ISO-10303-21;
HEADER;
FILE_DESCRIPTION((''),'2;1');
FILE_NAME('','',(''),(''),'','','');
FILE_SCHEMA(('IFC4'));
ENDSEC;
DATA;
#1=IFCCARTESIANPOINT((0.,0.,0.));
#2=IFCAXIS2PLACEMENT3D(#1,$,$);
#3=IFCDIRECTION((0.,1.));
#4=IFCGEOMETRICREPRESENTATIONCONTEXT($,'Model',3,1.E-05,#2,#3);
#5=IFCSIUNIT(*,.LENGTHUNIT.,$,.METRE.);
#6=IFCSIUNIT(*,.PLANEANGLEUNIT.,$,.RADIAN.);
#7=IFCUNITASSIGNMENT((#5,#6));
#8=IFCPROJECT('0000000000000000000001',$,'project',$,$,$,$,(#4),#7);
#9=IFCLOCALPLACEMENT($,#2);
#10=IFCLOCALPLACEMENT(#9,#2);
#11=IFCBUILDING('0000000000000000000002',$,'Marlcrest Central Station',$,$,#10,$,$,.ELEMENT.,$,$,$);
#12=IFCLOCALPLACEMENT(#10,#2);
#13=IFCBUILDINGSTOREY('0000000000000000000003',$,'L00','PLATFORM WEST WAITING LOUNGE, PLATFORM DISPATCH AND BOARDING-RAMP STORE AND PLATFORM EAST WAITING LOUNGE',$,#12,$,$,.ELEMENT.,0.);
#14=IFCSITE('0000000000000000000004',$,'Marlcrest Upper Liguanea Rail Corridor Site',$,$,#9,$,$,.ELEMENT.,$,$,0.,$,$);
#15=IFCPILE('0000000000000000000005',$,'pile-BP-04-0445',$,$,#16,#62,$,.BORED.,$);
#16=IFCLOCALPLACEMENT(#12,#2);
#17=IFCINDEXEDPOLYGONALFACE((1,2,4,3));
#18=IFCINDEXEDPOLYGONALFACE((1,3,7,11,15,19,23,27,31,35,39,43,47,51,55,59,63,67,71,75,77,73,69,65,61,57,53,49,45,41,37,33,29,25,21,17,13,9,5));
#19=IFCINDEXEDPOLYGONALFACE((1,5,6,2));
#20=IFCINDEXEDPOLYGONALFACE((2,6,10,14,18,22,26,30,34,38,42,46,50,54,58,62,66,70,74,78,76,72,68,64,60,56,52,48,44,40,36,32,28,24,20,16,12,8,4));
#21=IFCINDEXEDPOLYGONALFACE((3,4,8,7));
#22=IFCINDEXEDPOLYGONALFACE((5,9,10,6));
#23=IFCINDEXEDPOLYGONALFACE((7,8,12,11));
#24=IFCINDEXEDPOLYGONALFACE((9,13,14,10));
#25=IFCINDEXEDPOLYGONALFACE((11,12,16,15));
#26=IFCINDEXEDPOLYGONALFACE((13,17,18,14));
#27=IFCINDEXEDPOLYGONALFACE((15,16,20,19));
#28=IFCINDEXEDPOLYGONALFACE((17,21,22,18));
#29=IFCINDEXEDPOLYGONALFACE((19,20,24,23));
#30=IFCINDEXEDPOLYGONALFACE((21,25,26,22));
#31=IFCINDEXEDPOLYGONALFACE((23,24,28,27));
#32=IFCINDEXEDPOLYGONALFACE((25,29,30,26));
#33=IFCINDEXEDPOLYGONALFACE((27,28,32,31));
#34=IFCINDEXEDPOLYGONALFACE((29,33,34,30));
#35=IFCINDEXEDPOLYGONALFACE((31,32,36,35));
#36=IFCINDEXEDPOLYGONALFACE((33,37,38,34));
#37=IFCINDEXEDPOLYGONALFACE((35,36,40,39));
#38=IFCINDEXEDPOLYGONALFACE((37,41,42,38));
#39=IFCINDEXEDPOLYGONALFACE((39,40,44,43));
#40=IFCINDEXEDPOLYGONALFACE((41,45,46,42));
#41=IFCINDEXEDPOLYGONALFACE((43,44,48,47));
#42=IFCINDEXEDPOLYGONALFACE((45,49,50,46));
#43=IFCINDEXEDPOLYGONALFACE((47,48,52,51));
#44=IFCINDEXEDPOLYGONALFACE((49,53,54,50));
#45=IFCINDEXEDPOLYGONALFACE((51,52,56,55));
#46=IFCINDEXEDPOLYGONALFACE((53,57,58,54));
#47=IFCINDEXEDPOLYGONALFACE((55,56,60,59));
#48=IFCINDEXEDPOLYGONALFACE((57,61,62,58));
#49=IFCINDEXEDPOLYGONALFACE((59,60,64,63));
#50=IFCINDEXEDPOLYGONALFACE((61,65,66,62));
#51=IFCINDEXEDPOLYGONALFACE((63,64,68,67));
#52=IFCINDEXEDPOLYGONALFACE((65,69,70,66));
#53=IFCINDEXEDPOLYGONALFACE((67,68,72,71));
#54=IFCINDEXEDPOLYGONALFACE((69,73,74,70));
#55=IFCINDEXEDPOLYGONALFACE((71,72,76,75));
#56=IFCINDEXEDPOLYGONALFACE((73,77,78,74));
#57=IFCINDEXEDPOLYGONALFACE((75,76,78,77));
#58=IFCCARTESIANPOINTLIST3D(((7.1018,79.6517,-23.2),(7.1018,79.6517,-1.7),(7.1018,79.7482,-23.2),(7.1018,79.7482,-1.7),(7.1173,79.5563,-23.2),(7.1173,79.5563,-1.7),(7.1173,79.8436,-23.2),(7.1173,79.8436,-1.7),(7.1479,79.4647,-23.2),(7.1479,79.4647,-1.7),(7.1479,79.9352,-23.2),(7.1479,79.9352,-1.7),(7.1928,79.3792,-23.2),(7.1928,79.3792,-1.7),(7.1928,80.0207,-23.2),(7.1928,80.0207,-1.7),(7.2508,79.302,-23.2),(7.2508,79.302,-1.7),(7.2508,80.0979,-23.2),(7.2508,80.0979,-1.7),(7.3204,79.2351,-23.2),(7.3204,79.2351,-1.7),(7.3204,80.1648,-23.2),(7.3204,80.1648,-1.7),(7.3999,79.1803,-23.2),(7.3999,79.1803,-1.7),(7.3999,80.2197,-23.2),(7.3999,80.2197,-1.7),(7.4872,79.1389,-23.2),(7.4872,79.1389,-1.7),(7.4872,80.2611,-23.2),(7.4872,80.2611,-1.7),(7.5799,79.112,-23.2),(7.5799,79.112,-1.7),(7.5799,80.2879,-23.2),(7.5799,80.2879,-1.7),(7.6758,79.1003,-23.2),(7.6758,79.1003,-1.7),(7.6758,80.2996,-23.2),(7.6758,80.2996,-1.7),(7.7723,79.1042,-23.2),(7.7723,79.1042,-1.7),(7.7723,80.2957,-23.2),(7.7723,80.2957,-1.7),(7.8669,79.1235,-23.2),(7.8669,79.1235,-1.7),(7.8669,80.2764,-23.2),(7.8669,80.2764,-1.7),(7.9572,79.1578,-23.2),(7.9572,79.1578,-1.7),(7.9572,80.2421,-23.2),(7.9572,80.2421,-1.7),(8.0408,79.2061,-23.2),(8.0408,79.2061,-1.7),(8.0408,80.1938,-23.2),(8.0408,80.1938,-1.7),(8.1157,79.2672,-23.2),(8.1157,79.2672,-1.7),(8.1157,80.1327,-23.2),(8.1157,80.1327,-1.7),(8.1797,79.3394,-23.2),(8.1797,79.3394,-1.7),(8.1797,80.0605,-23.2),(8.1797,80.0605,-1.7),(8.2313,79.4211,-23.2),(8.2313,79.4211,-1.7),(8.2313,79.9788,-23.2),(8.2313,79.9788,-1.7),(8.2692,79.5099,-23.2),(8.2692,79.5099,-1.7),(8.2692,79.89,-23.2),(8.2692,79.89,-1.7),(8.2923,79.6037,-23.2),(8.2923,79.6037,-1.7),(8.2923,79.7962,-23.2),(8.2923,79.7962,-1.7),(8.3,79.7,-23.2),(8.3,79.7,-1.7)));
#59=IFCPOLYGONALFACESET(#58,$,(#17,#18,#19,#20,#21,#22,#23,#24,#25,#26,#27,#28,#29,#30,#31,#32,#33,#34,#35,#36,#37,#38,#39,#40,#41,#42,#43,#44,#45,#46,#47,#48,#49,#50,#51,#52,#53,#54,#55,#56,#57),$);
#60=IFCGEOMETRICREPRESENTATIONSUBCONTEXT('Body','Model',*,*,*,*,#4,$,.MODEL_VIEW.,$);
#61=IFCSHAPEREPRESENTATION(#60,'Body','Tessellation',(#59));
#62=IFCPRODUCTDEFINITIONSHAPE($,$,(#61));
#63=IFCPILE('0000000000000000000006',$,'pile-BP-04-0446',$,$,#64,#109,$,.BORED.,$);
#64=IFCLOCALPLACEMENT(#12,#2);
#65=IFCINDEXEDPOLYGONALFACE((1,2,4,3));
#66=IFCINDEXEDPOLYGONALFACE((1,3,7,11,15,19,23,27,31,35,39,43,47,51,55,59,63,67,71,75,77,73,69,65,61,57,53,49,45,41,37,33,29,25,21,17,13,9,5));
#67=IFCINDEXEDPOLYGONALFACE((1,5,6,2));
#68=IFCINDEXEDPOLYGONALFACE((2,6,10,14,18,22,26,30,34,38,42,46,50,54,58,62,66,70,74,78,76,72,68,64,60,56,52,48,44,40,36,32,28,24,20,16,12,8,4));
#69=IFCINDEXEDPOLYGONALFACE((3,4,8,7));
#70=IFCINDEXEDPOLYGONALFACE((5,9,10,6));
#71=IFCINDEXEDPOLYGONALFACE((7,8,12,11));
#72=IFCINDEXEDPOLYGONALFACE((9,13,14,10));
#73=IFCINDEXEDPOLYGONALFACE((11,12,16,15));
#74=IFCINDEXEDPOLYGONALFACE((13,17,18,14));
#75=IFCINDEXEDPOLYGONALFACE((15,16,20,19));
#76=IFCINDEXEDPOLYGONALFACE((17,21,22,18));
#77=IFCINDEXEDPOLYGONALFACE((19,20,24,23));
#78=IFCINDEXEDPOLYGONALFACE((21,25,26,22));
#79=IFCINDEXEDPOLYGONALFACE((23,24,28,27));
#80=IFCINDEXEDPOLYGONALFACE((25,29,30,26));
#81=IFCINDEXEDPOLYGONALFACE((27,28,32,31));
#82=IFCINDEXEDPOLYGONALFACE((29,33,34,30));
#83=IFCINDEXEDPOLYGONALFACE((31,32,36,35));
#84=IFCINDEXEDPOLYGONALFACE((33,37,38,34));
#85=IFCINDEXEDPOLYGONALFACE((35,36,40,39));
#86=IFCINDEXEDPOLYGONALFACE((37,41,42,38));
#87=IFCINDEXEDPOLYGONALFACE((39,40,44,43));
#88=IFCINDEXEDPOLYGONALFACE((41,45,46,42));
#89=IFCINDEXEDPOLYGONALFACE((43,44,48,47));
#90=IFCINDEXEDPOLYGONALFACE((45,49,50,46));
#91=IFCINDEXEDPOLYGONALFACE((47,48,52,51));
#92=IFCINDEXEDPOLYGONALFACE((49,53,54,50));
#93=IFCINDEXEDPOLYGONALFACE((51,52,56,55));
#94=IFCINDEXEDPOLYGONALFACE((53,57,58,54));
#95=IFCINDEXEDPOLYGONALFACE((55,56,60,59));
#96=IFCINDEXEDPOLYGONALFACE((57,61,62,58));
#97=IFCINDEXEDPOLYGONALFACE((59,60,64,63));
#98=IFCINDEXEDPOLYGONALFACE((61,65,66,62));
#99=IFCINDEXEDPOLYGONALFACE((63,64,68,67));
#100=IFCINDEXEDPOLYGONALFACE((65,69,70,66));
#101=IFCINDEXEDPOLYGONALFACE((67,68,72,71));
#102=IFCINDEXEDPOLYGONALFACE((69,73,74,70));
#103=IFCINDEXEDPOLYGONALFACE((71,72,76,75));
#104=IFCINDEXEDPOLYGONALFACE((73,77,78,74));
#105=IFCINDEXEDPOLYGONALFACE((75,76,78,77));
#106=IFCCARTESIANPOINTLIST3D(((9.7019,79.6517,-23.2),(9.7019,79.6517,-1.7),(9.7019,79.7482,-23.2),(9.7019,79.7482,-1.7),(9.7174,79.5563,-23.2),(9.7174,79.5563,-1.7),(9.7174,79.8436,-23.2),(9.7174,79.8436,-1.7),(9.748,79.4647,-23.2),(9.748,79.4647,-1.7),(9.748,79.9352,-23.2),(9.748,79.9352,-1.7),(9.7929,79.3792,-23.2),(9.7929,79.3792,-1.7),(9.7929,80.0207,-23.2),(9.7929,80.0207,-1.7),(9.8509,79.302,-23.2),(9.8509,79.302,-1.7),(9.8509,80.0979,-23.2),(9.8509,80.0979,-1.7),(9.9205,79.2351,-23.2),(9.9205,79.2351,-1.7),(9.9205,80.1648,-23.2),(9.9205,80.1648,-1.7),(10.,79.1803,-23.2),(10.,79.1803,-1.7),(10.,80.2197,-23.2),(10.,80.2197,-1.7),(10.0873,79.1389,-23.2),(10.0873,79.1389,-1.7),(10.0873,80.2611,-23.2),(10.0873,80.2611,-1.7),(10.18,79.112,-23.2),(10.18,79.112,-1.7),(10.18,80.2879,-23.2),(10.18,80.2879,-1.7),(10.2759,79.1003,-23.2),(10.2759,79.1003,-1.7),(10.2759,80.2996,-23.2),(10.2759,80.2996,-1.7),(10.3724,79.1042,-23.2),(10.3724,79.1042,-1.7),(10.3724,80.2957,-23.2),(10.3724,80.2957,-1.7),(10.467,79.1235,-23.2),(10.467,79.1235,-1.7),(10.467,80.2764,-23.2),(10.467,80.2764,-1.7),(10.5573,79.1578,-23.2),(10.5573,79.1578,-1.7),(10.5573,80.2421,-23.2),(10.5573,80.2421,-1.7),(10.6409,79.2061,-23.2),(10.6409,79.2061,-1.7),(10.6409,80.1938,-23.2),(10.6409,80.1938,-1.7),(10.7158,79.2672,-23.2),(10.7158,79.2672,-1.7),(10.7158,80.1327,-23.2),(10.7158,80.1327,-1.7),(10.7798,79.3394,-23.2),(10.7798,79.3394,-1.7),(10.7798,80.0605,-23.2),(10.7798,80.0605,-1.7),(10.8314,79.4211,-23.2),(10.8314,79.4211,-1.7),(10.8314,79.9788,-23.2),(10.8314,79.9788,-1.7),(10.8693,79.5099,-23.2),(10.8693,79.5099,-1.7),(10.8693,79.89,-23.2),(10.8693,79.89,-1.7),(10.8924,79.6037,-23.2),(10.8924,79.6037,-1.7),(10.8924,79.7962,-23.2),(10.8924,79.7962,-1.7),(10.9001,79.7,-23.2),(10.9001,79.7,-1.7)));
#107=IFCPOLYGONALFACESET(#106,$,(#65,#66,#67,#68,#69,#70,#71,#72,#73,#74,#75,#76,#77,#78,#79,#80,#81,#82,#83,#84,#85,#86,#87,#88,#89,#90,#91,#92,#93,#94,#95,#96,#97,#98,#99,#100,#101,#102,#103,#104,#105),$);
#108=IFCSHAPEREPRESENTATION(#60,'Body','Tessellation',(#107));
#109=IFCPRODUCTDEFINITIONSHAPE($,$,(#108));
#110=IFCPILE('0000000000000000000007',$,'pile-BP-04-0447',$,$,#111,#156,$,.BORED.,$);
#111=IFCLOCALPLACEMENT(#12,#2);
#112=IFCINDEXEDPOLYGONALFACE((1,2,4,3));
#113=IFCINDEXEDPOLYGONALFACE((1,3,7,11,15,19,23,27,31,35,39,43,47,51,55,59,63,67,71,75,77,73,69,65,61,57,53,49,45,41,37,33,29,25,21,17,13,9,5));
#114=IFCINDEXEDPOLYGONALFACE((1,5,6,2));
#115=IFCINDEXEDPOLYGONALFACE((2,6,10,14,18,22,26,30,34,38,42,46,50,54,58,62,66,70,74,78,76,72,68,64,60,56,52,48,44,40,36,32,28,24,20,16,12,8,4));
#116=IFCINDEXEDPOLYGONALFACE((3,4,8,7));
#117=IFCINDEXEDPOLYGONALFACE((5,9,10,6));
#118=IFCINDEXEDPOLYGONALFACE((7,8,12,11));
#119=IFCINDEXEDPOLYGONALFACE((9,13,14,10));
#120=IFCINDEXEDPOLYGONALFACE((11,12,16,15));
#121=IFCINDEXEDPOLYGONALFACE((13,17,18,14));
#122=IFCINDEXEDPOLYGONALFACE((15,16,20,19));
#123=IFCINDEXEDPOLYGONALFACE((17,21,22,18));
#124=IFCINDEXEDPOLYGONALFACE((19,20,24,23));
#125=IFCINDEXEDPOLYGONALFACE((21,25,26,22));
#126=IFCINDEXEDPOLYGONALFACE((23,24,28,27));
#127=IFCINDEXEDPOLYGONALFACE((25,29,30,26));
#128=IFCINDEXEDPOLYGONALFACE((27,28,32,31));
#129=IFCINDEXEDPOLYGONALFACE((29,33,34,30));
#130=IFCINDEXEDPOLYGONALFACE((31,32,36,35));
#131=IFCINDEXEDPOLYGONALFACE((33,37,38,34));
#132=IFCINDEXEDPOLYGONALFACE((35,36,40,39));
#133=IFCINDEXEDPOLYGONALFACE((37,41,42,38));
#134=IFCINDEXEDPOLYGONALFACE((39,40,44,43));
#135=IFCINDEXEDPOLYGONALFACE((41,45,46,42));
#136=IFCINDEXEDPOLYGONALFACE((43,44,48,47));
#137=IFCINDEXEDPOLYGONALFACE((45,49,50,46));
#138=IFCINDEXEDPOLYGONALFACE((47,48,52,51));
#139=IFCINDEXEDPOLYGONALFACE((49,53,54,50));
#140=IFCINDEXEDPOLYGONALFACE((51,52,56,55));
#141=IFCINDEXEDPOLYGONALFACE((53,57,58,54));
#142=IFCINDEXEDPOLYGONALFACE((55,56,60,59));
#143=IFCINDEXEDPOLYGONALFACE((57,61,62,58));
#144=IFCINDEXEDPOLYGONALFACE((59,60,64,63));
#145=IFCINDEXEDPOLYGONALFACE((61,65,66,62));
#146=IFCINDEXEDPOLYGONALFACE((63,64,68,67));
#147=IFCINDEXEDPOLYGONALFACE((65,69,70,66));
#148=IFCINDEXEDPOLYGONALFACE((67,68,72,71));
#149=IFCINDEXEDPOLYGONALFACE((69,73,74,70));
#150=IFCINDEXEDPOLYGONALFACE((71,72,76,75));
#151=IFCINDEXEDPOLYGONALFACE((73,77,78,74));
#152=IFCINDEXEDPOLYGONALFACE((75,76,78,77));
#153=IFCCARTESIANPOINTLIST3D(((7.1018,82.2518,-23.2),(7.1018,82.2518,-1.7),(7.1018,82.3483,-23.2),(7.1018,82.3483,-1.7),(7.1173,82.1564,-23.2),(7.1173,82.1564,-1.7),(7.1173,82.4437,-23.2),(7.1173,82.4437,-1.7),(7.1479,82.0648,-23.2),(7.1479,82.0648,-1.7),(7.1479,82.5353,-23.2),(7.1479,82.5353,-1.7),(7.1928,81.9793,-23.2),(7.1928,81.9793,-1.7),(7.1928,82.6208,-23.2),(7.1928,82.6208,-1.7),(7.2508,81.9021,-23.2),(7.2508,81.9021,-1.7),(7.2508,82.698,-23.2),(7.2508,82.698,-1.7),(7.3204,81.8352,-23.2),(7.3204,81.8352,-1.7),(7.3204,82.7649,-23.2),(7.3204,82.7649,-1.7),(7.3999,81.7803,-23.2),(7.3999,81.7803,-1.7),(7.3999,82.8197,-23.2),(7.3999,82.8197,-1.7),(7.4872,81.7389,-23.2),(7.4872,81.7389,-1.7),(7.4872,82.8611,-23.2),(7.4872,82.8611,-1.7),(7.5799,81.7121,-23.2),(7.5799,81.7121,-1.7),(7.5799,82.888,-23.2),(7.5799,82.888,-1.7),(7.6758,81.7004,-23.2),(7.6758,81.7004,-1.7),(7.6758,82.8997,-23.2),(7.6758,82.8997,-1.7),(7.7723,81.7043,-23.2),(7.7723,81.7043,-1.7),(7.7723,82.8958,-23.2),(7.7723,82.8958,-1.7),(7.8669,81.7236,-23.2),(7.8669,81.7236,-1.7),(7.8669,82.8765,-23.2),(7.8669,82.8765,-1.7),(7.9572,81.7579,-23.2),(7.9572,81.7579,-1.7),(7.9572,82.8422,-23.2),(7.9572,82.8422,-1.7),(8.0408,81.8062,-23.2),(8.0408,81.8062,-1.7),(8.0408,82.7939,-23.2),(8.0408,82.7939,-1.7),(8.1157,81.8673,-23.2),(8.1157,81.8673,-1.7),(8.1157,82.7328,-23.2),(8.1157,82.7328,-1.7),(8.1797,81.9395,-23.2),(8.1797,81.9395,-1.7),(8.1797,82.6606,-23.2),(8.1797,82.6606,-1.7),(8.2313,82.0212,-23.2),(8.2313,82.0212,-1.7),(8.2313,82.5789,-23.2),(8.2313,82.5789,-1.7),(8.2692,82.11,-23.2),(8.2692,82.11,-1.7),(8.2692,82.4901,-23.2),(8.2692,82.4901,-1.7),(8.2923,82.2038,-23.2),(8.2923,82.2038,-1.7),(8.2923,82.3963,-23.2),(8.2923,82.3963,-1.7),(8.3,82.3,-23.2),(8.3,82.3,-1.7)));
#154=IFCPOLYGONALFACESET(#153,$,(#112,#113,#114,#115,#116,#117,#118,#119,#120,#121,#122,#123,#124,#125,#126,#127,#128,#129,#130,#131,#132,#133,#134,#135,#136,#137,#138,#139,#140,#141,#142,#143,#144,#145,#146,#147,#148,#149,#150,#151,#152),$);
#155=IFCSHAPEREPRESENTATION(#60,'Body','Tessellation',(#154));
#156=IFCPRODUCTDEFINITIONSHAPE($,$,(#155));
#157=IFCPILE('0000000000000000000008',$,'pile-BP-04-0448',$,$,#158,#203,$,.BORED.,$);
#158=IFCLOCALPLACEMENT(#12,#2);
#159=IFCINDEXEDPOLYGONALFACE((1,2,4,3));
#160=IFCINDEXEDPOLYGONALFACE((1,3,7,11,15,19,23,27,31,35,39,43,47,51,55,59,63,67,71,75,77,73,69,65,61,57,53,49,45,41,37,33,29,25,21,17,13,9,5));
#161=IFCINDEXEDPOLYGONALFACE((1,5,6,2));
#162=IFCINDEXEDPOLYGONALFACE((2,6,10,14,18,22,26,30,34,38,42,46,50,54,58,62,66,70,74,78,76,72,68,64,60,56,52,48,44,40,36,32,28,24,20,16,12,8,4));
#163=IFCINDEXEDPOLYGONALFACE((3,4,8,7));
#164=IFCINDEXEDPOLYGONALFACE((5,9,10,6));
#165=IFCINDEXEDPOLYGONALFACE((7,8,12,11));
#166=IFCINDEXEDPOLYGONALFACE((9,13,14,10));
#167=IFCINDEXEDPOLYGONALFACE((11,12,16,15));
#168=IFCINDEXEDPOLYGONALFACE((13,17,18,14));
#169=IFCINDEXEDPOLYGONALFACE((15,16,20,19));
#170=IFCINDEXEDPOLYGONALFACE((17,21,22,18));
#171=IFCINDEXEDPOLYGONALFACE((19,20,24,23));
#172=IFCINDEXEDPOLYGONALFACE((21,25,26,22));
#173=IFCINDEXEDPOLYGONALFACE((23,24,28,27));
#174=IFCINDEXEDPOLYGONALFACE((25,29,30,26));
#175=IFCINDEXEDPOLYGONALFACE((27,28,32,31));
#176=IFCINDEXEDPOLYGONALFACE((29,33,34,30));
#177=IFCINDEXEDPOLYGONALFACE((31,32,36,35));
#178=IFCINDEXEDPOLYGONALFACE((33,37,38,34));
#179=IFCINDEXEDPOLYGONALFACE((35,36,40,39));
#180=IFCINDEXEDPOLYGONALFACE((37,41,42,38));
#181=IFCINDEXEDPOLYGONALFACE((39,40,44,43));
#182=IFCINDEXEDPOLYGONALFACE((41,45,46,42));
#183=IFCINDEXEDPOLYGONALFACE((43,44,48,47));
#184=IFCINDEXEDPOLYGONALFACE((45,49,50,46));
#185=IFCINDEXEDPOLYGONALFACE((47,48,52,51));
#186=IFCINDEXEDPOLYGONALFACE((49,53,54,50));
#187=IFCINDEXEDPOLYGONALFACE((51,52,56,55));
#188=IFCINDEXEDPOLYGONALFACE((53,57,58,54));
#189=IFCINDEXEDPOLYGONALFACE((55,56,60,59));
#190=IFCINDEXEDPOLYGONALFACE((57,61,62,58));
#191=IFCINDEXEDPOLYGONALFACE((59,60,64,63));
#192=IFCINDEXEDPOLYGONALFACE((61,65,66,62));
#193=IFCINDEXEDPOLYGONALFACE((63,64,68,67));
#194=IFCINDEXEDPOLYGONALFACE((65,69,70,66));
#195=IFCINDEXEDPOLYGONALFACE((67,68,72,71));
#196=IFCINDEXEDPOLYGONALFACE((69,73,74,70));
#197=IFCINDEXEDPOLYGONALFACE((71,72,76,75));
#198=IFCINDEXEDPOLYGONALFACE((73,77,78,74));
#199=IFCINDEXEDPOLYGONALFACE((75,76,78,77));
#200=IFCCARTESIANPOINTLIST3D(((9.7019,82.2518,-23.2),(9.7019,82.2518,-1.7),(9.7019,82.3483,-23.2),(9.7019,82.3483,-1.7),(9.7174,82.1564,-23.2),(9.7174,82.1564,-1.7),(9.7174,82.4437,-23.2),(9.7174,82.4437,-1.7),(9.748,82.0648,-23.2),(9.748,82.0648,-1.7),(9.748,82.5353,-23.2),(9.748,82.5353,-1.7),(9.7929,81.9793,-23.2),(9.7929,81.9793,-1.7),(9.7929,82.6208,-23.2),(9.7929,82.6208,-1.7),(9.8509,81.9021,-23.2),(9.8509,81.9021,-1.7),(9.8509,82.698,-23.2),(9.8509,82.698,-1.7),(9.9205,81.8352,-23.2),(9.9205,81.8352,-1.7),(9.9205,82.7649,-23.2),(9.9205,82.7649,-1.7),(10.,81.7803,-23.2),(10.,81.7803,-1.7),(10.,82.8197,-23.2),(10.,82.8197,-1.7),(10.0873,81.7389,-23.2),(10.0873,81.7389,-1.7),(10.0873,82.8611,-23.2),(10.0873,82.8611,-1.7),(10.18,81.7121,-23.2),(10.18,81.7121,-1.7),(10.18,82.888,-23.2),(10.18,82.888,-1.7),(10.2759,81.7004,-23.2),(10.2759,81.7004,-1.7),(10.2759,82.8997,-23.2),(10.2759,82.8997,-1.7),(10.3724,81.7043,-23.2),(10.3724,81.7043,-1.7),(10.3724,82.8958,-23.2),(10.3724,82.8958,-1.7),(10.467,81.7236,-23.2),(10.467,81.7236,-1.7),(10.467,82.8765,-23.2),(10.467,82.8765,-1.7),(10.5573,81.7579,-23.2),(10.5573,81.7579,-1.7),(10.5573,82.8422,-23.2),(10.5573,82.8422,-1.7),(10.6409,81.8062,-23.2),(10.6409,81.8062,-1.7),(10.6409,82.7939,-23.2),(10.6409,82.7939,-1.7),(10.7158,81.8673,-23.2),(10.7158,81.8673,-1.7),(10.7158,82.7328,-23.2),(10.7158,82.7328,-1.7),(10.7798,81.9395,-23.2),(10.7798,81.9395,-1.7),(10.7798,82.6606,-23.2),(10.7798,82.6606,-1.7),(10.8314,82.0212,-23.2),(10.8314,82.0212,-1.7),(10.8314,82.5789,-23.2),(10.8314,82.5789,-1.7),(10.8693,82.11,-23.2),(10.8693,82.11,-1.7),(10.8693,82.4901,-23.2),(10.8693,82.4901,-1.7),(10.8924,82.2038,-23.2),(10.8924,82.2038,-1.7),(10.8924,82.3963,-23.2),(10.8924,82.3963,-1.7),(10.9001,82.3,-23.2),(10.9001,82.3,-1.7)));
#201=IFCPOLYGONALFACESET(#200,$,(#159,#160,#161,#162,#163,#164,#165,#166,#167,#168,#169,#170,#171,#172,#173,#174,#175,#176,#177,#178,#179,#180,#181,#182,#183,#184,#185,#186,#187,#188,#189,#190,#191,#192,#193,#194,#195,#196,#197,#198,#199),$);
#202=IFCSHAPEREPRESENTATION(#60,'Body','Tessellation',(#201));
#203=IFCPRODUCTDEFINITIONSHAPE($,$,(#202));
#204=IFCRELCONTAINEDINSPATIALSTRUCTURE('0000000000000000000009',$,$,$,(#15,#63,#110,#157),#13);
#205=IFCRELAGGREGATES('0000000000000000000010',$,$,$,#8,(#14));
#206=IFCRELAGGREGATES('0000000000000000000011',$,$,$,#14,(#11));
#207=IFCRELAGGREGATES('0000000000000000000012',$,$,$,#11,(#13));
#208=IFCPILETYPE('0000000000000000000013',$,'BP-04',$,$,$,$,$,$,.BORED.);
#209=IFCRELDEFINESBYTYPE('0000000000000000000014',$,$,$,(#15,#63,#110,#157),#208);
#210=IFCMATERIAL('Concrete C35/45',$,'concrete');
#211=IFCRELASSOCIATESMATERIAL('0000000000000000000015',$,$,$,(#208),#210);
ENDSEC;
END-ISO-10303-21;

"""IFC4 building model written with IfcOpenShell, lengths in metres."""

from ifc_helpers import new_model, si_unit, direction, frame, origin, origin_2d, place, context, subcontext, project, spatial, circle, extrude, material, material_profile, profile_set, type_object, element, save


model = new_model("IFC4")

# Units and contexts
model_context = context("Model", 3, precision=1e-05, world=origin(), true_north=direction((0.0, 1.0)))
body_context = subcontext(model_context, "Body", "Model", "MODEL_VIEW")
ifc_project = project(units=[si_unit("LENGTHUNIT", "METRE"), si_unit("PLANEANGLEUNIT", "RADIAN")], contexts=[model_context])

# Site, building, storey
site_placement = place(None, origin())
site = spatial("IfcSite", under=ifc_project, at=site_placement, Name="Marlcrest Upper Liguanea Rail Corridor Site", CompositionType="ELEMENT", RefElevation=0.0)
building_placement = place(site_placement, origin())
building = spatial("IfcBuilding", under=site, at=building_placement, Name="Marlcrest Central Station", CompositionType="ELEMENT")
storey_placement = place(building_placement, origin())
storey = spatial("IfcBuildingStorey", under=building, at=storey_placement, Name="L00", Description="PLATFORM WEST WAITING LOUNGE, PLATFORM DISPATCH AND BOARDING-RAMP STORE AND PLATFORM EAST WAITING LOUNGE", CompositionType="ELEMENT", Elevation=0.0)

# Piles
ifc_material_1 = material(Name="Concrete C35/45", Category="concrete")
ifc_material_profile_1 = material_profile(ifc_material_1, circle(Radius=0.6001, at=origin_2d()), Name="PILE D1200")
ifc_profile_set_1 = profile_set([ifc_material_profile_1], Name="Concrete C35/45")
pile_type = type_object("IfcPileType", Name="BP-04", PredefinedType="BORED", material=ifc_profile_set_1)
for number, where, z_axis, x_axis, name in (
    (1, (7.7, 79.7, -1.7), (0.0, 0.0, -1.0), (1.0, 0.0, 0.0), "pile-BP-04-0445"),
    (2, (10.3, 79.7, -1.7), (0.0, 0.0, -1.0), (1.0, 0.0, 0.0), "pile-BP-04-0446"),
    (3, (7.7, 82.3, -1.7), (0.0, 0.0, -1.0), (1.0, 0.0, 0.0), "pile-BP-04-0447"),
    (4, (10.3, 82.3, -1.7), (0.0, 0.0, -1.0), (1.0, 0.0, 0.0), "pile-BP-04-0448"),
):
    element("IfcPile", number, at=place(storey_placement, frame(where, z_axis=z_axis, x_axis=x_axis)), inside=storey, type_object=pile_type, Name=name, PredefinedType="BORED", context=body_context, shape_type="SweptSolid", body=[
        extrude(circle(Radius=0.6001, at=origin_2d()), origin(), (0.0, 0.0, 1.0), 21.5),
    ])

save(model, "model.ifc")
